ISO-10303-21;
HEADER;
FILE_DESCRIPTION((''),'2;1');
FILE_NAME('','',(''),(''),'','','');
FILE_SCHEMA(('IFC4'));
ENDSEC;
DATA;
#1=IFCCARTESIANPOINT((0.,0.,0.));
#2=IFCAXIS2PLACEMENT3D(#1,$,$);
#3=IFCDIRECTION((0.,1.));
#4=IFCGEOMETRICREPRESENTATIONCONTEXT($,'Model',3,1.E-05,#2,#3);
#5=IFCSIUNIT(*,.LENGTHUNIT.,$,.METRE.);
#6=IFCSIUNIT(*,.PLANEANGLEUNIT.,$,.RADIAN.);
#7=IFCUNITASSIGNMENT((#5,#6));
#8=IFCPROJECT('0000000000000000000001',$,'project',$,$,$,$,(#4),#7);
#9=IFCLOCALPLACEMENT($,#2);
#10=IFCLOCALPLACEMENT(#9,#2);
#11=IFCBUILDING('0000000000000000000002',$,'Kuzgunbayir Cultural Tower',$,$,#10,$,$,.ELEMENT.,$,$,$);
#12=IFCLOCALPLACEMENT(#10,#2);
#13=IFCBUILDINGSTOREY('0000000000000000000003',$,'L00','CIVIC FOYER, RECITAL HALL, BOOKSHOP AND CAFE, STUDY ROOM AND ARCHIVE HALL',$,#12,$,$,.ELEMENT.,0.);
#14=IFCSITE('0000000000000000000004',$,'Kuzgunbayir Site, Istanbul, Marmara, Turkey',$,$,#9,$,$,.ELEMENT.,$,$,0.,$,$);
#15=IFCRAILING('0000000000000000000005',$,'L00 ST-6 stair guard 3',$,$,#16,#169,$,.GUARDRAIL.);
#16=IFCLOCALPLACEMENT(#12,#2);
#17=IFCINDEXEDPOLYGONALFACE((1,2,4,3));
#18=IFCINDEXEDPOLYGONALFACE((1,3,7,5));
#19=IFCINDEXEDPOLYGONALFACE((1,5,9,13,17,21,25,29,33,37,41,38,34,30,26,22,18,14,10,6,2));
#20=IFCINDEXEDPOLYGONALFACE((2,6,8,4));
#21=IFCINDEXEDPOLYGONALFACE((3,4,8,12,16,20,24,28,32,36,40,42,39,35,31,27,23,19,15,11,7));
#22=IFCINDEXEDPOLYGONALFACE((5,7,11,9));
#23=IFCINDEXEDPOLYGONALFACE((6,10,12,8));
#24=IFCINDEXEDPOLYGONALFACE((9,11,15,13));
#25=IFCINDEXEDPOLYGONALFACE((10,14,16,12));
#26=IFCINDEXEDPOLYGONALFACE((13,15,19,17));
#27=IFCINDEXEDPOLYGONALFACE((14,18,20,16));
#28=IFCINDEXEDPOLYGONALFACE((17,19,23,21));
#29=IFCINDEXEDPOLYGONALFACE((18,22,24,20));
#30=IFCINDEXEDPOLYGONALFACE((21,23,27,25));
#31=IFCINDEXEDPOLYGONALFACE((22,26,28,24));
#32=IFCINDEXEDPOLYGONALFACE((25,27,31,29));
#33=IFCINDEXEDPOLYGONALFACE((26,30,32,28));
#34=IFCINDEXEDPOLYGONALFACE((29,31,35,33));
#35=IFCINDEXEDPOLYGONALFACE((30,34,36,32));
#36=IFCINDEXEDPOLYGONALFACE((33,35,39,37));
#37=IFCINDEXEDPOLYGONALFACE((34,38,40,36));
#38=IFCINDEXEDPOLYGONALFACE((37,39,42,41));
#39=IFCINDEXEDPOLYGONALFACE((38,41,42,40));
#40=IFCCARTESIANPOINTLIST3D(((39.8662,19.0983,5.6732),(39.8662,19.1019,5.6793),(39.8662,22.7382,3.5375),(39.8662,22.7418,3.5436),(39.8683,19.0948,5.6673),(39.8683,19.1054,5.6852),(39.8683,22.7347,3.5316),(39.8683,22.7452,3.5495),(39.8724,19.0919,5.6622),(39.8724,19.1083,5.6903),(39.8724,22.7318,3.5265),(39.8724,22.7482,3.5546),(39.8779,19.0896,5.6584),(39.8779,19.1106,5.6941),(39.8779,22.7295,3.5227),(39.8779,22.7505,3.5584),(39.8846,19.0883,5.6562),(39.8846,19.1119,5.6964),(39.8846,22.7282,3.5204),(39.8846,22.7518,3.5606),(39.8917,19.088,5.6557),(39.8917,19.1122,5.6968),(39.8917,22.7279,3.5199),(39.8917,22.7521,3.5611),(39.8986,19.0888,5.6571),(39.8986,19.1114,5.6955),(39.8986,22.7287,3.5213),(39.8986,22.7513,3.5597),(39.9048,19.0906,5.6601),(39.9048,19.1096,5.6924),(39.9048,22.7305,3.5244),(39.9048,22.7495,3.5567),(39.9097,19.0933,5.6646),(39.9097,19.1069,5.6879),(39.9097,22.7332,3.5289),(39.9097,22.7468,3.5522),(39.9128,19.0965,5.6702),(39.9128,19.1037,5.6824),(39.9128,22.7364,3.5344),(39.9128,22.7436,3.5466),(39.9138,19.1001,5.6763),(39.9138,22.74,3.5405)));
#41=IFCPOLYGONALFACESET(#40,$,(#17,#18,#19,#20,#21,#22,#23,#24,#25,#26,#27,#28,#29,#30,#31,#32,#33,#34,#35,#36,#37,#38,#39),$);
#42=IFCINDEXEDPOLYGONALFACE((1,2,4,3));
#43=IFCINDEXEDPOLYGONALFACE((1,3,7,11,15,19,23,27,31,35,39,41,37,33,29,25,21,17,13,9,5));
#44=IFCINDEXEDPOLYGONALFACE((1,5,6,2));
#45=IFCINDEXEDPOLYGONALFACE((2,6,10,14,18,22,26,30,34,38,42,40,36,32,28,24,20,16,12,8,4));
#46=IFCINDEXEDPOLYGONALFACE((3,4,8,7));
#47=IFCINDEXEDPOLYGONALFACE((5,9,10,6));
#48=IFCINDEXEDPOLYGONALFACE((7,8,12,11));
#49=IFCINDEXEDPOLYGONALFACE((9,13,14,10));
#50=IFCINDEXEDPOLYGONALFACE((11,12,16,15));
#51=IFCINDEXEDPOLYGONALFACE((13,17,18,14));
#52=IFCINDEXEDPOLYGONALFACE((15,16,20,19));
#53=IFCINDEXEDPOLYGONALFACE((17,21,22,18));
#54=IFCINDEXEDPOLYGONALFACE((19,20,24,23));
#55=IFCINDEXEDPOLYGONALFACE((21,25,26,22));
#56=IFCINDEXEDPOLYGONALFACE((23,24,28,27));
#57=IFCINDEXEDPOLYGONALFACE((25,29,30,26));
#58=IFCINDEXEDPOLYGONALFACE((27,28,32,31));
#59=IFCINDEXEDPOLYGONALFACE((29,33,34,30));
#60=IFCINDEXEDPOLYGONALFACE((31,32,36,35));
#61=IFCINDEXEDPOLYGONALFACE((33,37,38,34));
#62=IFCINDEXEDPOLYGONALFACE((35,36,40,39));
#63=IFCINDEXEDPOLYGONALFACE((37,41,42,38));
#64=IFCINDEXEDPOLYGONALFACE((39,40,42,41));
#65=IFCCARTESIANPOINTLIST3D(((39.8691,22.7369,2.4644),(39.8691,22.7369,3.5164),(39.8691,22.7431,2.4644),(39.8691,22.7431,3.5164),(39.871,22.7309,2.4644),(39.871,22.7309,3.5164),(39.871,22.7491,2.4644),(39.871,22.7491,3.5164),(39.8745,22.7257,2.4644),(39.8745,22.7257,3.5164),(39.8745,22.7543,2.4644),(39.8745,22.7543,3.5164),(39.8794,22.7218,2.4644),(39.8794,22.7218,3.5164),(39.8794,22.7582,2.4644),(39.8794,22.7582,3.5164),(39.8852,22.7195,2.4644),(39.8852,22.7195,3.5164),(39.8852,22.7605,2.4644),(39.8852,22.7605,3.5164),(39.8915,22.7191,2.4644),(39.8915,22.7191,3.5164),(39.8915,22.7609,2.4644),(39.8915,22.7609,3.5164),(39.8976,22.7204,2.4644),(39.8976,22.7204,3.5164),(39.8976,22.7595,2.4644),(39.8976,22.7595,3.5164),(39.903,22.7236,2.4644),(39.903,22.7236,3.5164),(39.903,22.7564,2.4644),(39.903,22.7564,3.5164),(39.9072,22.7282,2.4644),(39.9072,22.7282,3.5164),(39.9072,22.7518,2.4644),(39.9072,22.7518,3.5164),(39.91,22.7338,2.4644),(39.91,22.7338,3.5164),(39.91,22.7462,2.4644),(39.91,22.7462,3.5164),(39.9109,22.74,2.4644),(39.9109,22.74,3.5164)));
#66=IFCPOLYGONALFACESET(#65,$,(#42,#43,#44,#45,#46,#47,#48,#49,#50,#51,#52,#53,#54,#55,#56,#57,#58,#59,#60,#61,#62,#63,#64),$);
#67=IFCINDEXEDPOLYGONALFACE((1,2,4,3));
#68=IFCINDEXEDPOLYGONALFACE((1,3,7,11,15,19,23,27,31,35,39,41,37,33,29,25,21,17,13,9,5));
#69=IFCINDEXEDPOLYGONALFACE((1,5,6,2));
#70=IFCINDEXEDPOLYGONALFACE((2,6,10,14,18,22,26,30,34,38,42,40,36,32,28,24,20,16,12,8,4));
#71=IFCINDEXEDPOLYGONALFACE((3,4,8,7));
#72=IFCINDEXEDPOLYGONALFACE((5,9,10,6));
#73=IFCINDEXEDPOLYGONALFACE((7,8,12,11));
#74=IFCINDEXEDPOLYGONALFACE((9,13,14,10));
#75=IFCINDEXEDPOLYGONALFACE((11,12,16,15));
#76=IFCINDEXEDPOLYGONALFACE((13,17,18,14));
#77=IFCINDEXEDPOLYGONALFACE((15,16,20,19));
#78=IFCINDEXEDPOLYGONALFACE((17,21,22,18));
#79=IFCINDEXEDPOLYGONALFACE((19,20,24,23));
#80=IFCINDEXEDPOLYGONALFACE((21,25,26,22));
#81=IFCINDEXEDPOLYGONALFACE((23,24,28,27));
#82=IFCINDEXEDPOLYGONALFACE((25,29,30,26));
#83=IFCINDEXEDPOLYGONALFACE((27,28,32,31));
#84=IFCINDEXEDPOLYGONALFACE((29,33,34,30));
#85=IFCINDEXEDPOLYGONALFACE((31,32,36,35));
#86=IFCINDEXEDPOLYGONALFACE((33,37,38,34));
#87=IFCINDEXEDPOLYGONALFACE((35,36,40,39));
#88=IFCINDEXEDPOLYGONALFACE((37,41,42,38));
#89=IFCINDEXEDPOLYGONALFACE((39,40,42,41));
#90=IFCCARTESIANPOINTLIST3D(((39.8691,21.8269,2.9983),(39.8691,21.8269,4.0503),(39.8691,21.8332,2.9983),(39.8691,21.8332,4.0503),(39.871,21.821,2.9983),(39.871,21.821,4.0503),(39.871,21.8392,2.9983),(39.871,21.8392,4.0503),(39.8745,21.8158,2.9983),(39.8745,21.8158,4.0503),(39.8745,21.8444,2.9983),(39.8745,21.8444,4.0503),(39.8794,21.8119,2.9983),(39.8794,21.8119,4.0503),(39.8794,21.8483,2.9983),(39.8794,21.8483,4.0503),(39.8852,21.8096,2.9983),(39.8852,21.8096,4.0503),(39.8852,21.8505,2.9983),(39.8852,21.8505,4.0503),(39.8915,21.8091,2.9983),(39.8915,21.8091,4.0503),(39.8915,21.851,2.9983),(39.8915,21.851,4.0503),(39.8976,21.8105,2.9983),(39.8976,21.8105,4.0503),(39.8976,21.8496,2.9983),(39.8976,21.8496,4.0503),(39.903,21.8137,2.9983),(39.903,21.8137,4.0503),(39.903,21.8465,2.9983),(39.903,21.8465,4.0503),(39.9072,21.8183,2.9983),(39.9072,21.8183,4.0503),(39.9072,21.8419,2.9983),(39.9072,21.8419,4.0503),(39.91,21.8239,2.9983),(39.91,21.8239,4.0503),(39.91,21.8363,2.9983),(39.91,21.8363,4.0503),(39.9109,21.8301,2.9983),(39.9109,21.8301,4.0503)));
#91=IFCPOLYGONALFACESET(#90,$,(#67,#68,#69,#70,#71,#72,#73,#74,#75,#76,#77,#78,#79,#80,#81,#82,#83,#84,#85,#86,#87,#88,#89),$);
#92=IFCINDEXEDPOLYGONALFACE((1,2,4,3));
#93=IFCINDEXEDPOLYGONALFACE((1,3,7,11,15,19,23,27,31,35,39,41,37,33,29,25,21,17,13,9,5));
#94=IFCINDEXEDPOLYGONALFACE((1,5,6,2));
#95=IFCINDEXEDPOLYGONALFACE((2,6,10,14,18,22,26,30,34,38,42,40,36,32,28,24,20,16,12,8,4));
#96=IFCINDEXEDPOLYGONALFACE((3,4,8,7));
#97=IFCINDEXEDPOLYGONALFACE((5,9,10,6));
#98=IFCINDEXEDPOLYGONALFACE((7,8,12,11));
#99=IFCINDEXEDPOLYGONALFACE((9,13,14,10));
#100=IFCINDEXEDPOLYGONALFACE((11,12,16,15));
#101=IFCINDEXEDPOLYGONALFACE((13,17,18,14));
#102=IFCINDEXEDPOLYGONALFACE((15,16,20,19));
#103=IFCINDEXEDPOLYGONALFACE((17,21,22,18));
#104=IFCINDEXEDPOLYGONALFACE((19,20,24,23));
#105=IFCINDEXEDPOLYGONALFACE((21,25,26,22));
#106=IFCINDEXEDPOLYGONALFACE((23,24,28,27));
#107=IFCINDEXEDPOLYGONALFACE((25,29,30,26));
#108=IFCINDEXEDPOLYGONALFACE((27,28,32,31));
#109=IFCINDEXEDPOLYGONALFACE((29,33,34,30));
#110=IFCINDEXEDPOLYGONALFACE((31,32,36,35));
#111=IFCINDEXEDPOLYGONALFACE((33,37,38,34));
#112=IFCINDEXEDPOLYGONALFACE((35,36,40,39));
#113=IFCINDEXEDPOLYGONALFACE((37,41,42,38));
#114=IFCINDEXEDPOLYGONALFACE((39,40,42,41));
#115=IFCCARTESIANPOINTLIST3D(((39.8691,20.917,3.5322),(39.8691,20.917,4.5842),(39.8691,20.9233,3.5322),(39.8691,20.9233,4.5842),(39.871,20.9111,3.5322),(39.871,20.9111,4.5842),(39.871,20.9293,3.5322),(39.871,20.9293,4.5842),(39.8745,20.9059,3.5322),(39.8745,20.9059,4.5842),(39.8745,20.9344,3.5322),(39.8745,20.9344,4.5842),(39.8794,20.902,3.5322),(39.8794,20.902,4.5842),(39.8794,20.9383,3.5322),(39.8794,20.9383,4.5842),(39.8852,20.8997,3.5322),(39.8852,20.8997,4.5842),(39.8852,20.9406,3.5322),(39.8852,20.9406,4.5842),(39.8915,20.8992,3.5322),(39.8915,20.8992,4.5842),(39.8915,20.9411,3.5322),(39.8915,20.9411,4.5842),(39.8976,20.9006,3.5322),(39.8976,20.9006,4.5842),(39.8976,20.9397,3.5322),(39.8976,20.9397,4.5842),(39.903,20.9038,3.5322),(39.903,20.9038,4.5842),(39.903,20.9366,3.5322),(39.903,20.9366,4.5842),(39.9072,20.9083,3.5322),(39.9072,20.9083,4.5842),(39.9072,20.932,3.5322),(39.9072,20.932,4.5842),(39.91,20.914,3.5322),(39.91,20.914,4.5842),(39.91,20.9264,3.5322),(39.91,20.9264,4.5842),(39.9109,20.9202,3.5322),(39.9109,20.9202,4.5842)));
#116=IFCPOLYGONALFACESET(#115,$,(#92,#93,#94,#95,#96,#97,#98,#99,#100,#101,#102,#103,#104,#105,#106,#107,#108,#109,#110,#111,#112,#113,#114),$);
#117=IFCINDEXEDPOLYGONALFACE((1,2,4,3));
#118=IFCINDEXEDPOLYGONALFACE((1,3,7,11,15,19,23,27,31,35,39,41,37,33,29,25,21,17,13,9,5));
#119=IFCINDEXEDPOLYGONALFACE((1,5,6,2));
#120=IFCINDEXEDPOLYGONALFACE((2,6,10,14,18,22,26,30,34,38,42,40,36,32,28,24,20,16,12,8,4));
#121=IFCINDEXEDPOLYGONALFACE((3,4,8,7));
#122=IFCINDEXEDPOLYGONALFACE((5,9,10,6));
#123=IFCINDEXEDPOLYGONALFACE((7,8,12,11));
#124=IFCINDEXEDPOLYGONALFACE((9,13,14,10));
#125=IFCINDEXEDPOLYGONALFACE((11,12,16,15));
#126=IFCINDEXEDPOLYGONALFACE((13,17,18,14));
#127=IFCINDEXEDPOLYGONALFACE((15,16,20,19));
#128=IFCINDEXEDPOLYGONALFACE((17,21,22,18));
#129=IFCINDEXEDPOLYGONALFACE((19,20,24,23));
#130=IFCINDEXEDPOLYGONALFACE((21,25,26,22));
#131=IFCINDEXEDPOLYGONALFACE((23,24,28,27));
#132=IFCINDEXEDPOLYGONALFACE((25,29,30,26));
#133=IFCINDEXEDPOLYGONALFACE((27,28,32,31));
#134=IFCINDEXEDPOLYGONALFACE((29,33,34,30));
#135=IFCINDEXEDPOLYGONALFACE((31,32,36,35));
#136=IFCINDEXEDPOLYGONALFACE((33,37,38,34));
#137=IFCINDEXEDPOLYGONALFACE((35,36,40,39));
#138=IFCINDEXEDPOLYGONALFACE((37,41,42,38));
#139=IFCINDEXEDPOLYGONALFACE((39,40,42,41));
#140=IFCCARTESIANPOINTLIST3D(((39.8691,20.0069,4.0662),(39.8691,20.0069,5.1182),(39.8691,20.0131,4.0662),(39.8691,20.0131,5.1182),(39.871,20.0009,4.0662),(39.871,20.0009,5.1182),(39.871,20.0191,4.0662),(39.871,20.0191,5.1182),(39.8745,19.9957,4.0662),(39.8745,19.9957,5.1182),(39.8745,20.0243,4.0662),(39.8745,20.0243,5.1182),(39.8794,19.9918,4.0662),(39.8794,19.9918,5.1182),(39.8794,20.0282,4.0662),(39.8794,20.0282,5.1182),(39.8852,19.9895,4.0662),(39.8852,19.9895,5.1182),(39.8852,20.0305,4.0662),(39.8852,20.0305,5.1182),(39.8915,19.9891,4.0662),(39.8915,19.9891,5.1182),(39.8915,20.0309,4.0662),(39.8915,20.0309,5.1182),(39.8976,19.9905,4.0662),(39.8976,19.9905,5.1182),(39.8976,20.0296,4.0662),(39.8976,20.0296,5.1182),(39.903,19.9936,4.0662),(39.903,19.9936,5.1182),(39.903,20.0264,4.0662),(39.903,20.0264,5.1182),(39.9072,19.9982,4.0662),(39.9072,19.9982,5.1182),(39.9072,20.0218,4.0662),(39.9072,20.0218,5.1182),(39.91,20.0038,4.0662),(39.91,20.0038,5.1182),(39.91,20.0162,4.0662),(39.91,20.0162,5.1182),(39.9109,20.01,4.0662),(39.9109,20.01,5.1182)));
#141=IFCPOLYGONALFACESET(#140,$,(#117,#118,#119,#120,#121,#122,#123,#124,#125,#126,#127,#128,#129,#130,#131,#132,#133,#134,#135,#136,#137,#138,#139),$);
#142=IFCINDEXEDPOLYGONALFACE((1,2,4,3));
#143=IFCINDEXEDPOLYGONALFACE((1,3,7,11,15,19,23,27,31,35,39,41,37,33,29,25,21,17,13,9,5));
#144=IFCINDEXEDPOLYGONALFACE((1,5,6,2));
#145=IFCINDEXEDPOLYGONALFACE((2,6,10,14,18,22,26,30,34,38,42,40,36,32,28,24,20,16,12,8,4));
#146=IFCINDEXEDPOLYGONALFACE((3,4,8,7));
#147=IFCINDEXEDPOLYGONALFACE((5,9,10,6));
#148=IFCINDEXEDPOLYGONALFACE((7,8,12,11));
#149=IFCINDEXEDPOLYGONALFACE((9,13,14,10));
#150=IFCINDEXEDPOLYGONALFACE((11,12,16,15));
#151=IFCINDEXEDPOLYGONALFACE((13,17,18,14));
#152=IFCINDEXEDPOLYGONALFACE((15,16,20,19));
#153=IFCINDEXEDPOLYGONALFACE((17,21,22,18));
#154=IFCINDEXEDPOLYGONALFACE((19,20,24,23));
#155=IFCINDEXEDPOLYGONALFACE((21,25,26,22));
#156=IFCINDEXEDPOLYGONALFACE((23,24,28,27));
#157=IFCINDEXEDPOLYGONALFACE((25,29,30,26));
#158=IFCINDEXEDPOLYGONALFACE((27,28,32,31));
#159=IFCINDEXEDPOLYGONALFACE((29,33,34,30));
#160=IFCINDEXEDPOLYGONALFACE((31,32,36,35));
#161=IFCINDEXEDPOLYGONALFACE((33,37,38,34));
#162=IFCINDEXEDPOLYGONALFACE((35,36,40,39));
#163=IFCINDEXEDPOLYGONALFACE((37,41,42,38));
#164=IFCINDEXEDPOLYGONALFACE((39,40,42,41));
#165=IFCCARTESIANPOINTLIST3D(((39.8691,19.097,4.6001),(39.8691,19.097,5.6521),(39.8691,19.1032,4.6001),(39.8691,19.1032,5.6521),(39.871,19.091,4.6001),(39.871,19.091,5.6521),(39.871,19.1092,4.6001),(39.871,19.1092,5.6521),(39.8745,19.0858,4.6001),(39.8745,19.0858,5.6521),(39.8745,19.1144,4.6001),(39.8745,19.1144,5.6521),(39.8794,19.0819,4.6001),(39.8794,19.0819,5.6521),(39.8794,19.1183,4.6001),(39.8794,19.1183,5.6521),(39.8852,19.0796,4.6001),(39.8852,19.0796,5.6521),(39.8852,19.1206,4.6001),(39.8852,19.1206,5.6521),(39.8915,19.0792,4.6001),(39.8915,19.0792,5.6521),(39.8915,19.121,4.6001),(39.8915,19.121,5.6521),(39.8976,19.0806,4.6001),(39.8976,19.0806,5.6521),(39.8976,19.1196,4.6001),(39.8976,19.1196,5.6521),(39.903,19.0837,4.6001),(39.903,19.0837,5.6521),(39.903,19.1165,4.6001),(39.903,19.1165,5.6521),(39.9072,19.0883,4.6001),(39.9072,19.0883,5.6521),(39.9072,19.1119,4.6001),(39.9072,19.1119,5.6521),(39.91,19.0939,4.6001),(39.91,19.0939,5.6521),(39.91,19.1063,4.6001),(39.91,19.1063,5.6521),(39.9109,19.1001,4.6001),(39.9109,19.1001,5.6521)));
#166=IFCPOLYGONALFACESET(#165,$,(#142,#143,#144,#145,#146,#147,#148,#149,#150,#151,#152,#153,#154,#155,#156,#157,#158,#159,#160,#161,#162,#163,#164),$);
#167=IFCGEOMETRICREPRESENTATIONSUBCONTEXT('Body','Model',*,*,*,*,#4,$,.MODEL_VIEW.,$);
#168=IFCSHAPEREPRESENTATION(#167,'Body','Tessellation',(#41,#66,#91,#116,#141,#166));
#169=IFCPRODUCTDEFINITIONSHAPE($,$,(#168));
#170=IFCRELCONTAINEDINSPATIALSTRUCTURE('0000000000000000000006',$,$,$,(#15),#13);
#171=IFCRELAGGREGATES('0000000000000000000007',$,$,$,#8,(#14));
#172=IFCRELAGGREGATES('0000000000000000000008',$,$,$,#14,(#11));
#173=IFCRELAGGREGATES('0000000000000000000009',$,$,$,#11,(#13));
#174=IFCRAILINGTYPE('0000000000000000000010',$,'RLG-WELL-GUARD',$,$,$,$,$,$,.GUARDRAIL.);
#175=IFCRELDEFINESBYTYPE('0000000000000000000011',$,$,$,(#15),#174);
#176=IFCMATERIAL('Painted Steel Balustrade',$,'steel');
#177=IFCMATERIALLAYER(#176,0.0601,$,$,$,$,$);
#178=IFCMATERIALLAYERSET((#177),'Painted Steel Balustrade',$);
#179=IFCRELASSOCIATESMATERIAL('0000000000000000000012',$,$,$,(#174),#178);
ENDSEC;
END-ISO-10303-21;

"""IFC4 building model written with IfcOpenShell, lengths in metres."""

from ifc_helpers import new_model, si_unit, direction, frame, origin, origin_2d, place, context, subcontext, project, spatial, circle, extrude, material, layer, layer_set, type_object, element, save


model = new_model("IFC4")

# Units and contexts
model_context = context("Model", 3, precision=1e-05, world=origin(), true_north=direction((0.0, 1.0)))
body_context = subcontext(model_context, "Body", "Model", "MODEL_VIEW")
ifc_project = project(units=[si_unit("LENGTHUNIT", "METRE"), si_unit("PLANEANGLEUNIT", "RADIAN")], contexts=[model_context])

# Site, building, storey
site_placement = place(None, origin())
site = spatial("IfcSite", under=ifc_project, at=site_placement, Name="Kuzgunbayir Site, Istanbul, Marmara, Turkey", CompositionType="ELEMENT", RefElevation=0.0)
building_placement = place(site_placement, origin())
building = spatial("IfcBuilding", under=site, at=building_placement, Name="Kuzgunbayir Cultural Tower", CompositionType="ELEMENT")
storey_placement = place(building_placement, origin())
storey = spatial("IfcBuildingStorey", under=building, at=storey_placement, Name="L00", Description="CIVIC FOYER, RECITAL HALL, BOOKSHOP AND CAFE, STUDY ROOM AND ARCHIVE HALL", CompositionType="ELEMENT", Elevation=0.0)

# Railing
ifc_material_1 = material(Name="Painted Steel Balustrade", Category="steel")
ifc_layer_1 = layer(ifc_material_1, 0.0601)
ifc_layer_set_1 = layer_set([ifc_layer_1], Name="Painted Steel Balustrade")
railing_type_1 = type_object("IfcRailingType", Name="RLG-WELL-GUARD", PredefinedType="GUARDRAIL", material=ifc_layer_set_1)
railing_1_placement = place(storey_placement, frame((39.8899, 22.74, 2.4644)))
element("IfcRailing", 1, at=railing_1_placement, inside=storey, type_object=railing_type_1, Name="L00 ST-6 stair guard 3", PredefinedType="GUARDRAIL", context=body_context, shape_type="SweptSolid", body=[
    extrude(circle(Radius=0.0239, at=origin_2d()), frame((0.0, 0.0, 1.0762), z_axis=(0.0, -0.86249, 0.506074), x_axis=(1.0, 0.0, 0.0)), (0.0, 0.0, 1.0), 4.2202),
    extrude(circle(Radius=0.021, at=origin_2d()), origin(), (0.0, 0.0, 1.0), 1.052),
    extrude(circle(Radius=0.021, at=origin_2d()), frame((0.0, -0.9099, 0.5339)), (0.0, 0.0, 1.0), 1.052),
    extrude(circle(Radius=0.021, at=origin_2d()), frame((0.0, -1.8198, 1.0679)), (0.0, 0.0, 1.0), 1.052),
    extrude(circle(Radius=0.021, at=origin_2d()), frame((0.0, -2.73, 1.6018)), (0.0, 0.0, 1.0), 1.052),
    extrude(circle(Radius=0.021, at=origin_2d()), frame((0.0, -3.6399, 2.1357)), (0.0, 0.0, 1.0), 1.052),
])

save(model, "model.ifc")
